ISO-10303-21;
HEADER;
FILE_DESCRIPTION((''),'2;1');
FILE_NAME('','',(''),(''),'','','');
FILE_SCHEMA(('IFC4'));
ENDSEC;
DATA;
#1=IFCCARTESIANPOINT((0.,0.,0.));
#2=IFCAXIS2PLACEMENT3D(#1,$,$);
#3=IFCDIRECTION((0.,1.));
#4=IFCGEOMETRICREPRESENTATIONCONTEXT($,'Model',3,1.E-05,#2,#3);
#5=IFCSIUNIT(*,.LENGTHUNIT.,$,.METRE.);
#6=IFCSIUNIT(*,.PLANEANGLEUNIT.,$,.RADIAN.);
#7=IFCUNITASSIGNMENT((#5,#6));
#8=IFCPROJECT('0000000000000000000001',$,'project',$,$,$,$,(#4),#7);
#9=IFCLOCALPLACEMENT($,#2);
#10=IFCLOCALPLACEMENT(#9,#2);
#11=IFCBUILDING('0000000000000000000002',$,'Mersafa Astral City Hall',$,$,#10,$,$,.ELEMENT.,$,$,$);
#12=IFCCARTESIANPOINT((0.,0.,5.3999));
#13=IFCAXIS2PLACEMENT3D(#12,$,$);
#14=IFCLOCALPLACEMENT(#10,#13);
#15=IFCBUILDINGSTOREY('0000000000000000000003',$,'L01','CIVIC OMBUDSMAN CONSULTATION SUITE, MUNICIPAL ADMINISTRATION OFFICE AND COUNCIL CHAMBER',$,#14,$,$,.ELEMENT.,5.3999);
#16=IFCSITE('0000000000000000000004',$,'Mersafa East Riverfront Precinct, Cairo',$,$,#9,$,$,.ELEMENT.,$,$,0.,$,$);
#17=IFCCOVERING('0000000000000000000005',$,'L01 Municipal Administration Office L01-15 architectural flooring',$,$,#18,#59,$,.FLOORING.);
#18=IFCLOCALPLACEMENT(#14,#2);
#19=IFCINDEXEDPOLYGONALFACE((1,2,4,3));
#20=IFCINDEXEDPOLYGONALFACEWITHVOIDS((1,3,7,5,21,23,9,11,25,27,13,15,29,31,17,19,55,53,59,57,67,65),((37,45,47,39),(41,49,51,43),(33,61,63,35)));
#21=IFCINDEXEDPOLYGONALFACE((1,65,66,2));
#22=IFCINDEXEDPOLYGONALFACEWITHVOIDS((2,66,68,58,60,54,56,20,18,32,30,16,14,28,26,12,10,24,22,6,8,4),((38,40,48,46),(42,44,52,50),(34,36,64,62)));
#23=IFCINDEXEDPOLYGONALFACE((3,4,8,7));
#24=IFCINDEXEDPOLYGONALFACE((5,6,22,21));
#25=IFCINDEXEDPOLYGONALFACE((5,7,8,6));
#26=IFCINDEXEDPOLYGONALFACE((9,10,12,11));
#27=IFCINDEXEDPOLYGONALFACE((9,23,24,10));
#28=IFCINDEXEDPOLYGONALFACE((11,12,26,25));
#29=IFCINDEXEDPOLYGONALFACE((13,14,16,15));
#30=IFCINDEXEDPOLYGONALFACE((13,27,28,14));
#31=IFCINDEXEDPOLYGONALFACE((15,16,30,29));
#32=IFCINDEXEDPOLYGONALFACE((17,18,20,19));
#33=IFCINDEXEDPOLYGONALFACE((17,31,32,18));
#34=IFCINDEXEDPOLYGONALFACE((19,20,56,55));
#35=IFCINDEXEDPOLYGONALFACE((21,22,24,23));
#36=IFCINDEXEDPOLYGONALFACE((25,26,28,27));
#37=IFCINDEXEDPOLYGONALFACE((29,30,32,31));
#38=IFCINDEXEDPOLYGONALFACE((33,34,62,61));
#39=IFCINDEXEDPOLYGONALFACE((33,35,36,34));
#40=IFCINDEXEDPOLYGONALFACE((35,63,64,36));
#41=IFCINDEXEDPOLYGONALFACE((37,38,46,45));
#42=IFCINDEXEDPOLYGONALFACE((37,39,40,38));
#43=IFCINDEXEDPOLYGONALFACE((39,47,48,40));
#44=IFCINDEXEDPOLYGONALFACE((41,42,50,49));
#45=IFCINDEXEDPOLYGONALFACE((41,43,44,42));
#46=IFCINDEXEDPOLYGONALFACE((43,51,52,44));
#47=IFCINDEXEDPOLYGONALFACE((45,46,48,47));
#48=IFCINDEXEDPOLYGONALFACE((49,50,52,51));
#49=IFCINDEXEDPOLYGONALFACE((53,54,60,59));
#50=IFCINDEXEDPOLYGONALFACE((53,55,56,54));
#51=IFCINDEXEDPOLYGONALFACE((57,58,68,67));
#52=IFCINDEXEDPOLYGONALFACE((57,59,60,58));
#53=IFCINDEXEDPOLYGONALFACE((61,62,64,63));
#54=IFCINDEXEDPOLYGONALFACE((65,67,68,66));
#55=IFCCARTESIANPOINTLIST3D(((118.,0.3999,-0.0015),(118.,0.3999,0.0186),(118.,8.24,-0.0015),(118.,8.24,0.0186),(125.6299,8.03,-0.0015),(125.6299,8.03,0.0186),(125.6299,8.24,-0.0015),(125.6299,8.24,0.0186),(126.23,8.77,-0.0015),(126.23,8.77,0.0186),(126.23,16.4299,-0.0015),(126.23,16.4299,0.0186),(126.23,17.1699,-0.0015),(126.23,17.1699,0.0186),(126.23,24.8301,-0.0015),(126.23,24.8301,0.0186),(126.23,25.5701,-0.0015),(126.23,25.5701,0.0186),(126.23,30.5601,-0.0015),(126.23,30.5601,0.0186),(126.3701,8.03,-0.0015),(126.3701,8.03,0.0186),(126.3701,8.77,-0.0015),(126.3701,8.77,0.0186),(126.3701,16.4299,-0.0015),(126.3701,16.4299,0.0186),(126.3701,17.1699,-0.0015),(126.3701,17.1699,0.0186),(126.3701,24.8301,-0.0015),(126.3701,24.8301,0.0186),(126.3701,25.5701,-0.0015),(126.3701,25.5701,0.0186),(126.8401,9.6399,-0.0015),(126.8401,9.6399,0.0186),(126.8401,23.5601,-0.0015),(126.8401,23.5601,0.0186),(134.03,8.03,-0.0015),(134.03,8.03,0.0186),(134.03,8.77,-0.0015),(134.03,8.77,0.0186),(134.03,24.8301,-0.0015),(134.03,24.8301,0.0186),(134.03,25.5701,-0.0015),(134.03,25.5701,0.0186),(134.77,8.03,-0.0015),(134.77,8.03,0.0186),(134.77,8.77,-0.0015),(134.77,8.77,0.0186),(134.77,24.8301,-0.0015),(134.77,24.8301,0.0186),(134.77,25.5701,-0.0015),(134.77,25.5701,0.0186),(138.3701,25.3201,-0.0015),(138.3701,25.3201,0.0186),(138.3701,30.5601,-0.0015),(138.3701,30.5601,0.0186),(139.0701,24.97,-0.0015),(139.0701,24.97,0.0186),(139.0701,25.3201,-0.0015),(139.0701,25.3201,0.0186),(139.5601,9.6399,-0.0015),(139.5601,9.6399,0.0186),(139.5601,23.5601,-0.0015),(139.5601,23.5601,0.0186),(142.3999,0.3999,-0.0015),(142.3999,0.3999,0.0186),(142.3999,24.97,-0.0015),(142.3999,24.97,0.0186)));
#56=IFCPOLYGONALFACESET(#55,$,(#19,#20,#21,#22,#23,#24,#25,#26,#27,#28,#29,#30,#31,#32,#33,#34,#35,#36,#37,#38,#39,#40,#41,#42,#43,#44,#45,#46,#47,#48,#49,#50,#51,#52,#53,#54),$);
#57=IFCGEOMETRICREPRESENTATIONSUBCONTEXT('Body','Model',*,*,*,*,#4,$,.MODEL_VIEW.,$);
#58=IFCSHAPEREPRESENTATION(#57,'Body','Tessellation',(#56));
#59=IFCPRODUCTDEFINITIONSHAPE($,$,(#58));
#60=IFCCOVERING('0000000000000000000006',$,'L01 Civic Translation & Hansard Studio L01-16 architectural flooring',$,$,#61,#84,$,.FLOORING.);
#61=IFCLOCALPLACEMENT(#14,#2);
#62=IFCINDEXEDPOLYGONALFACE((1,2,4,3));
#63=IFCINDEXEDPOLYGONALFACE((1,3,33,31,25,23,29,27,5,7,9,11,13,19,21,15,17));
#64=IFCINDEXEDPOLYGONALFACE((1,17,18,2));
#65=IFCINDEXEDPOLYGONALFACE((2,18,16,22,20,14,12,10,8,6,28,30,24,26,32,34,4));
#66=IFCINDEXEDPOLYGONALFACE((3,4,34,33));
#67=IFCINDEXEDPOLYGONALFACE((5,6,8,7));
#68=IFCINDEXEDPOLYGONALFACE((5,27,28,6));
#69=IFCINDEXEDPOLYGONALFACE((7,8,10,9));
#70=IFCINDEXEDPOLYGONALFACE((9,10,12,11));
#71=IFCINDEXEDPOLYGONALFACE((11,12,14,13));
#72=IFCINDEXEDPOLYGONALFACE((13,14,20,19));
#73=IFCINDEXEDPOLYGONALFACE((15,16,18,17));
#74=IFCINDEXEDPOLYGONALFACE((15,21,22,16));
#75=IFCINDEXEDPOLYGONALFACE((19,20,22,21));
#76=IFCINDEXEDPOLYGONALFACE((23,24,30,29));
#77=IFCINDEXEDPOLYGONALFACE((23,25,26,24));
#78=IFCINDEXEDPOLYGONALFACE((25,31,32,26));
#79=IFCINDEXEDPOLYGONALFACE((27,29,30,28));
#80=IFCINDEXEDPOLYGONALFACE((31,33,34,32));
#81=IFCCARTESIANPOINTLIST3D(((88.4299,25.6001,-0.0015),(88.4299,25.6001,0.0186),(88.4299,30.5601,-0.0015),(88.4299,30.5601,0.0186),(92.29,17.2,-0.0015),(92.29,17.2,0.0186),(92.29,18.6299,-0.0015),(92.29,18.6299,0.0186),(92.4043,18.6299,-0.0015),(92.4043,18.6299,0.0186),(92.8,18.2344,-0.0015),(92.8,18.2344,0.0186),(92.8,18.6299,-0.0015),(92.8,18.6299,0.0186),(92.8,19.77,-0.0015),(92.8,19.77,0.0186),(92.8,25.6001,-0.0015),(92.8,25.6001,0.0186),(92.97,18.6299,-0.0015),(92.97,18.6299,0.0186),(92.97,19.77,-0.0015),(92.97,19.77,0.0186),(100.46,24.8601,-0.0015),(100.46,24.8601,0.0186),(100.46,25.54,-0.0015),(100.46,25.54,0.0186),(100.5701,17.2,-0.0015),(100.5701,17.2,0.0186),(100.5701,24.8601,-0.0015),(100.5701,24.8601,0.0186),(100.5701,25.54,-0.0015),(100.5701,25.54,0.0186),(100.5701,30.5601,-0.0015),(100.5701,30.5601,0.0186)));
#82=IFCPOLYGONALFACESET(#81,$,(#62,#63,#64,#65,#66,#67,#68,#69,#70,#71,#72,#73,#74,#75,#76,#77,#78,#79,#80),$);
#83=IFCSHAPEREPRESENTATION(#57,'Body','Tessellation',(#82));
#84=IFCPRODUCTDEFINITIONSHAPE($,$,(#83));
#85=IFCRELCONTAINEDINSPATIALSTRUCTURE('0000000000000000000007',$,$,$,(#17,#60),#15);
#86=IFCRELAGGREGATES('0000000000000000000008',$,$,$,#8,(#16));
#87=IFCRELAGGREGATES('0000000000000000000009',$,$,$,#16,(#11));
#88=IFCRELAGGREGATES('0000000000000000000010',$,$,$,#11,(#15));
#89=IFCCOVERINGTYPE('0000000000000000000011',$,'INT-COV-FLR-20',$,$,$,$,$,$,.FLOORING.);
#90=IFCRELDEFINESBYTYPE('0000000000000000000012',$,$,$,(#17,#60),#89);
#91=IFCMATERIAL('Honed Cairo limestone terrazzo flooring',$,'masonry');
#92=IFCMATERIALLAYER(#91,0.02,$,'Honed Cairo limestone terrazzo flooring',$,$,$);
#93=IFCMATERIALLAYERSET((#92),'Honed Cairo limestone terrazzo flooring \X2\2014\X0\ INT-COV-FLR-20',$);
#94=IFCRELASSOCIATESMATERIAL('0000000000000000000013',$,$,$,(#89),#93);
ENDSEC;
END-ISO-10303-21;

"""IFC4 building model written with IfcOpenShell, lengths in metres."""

from ifc_helpers import new_model, si_unit, direction, frame, origin, place, context, subcontext, project, spatial, polyline, outline, extrude, material, layer, layer_set, type_object, element, save


model = new_model("IFC4")

# Units and contexts
model_context = context("Model", 3, precision=1e-05, world=origin(), true_north=direction((0.0, 1.0)))
body_context = subcontext(model_context, "Body", "Model", "MODEL_VIEW")
ifc_project = project(units=[si_unit("LENGTHUNIT", "METRE"), si_unit("PLANEANGLEUNIT", "RADIAN")], contexts=[model_context])

# Site, building, storey
site_placement = place(None, origin())
site = spatial("IfcSite", under=ifc_project, at=site_placement, Name="Mersafa East Riverfront Precinct, Cairo", CompositionType="ELEMENT", RefElevation=0.0)
building_placement = place(site_placement, origin())
building = spatial("IfcBuilding", under=site, at=building_placement, Name="Mersafa Astral City Hall", CompositionType="ELEMENT")
storey_placement = place(building_placement, frame((0.0, 0.0, 5.3999)))
storey = spatial("IfcBuildingStorey", under=building, at=storey_placement, Name="L01", Description="CIVIC OMBUDSMAN CONSULTATION SUITE, MUNICIPAL ADMINISTRATION OFFICE AND COUNCIL CHAMBER", CompositionType="ELEMENT", Elevation=5.3999)

# Coverings
ifc_material_1 = material(Name="Honed Cairo limestone terrazzo flooring", Category="masonry")
ifc_layer_1 = layer(ifc_material_1, 0.02, Name="Honed Cairo limestone terrazzo flooring")
ifc_layer_set_1 = layer_set([ifc_layer_1], Name="Honed Cairo limestone terrazzo flooring — INT-COV-FLR-20")
covering_type = type_object("IfcCoveringType", Name="INT-COV-FLR-20", PredefinedType="FLOORING", material=ifc_layer_set_1)
covering_1_placement = place(storey_placement, frame((0.0, 0.0, -0.0015)))
element("IfcCovering", 1, at=covering_1_placement, inside=storey, type_object=covering_type, Name="L01 Municipal Administration Office L01-15 architectural flooring", PredefinedType="FLOORING", context=body_context, shape_type="SweptSolid", body=[
    extrude(outline(polyline([(125.6299, 8.03), (126.3701, 8.03), (126.3701, 8.77), (126.23, 8.77), (126.23, 16.4299), (126.3701, 16.4299), (126.3701, 17.1699), (126.23, 17.1699), (126.23, 24.8301), (126.3701, 24.8301), (126.3701, 25.5701), (126.23, 25.5701), (126.23, 30.5601), (138.3701, 30.5601), (138.3701, 25.3201), (139.0701, 25.3201), (139.0701, 24.97), (142.3999, 24.97), (142.3999, 0.3999), (118.0, 0.3999), (118.0, 8.24), (125.6299, 8.24), (125.6299, 8.03)]), holes=[polyline([(126.8401, 9.6399), (139.5601, 9.6399), (139.5601, 23.5601), (126.8401, 23.5601), (126.8401, 9.6399)]), polyline([(134.77, 8.03), (134.77, 8.77), (134.03, 8.77), (134.03, 8.03), (134.77, 8.03)]), polyline([(134.77, 24.8301), (134.77, 25.5701), (134.03, 25.5701), (134.03, 24.8301), (134.77, 24.8301)])]), origin(), (0.0, 0.0, 1.0), 0.02),
])
covering_2_placement = place(storey_placement, frame((0.0, 0.0, -0.0015)))
element("IfcCovering", 2, at=covering_2_placement, inside=storey, type_object=covering_type, Name="L01 Civic Translation & Hansard Studio L01-16 architectural flooring", PredefinedType="FLOORING", context=body_context, shape_type="SweptSolid", body=[
    extrude(outline(polyline([(92.97, 18.6299), (92.97, 19.77), (92.8, 19.77), (92.8, 25.6001), (88.4299, 25.6001), (88.4299, 30.5601), (100.5701, 30.5601), (100.5701, 25.54), (100.46, 25.54), (100.46, 24.8601), (100.5701, 24.8601), (100.5701, 17.2), (92.29, 17.2), (92.29, 18.6299), (92.4043, 18.6299), (92.8, 18.2344), (92.8, 18.6299), (92.97, 18.6299)])), origin(), (0.0, 0.0, 1.0), 0.02),
])

save(model, "model.ifc")
